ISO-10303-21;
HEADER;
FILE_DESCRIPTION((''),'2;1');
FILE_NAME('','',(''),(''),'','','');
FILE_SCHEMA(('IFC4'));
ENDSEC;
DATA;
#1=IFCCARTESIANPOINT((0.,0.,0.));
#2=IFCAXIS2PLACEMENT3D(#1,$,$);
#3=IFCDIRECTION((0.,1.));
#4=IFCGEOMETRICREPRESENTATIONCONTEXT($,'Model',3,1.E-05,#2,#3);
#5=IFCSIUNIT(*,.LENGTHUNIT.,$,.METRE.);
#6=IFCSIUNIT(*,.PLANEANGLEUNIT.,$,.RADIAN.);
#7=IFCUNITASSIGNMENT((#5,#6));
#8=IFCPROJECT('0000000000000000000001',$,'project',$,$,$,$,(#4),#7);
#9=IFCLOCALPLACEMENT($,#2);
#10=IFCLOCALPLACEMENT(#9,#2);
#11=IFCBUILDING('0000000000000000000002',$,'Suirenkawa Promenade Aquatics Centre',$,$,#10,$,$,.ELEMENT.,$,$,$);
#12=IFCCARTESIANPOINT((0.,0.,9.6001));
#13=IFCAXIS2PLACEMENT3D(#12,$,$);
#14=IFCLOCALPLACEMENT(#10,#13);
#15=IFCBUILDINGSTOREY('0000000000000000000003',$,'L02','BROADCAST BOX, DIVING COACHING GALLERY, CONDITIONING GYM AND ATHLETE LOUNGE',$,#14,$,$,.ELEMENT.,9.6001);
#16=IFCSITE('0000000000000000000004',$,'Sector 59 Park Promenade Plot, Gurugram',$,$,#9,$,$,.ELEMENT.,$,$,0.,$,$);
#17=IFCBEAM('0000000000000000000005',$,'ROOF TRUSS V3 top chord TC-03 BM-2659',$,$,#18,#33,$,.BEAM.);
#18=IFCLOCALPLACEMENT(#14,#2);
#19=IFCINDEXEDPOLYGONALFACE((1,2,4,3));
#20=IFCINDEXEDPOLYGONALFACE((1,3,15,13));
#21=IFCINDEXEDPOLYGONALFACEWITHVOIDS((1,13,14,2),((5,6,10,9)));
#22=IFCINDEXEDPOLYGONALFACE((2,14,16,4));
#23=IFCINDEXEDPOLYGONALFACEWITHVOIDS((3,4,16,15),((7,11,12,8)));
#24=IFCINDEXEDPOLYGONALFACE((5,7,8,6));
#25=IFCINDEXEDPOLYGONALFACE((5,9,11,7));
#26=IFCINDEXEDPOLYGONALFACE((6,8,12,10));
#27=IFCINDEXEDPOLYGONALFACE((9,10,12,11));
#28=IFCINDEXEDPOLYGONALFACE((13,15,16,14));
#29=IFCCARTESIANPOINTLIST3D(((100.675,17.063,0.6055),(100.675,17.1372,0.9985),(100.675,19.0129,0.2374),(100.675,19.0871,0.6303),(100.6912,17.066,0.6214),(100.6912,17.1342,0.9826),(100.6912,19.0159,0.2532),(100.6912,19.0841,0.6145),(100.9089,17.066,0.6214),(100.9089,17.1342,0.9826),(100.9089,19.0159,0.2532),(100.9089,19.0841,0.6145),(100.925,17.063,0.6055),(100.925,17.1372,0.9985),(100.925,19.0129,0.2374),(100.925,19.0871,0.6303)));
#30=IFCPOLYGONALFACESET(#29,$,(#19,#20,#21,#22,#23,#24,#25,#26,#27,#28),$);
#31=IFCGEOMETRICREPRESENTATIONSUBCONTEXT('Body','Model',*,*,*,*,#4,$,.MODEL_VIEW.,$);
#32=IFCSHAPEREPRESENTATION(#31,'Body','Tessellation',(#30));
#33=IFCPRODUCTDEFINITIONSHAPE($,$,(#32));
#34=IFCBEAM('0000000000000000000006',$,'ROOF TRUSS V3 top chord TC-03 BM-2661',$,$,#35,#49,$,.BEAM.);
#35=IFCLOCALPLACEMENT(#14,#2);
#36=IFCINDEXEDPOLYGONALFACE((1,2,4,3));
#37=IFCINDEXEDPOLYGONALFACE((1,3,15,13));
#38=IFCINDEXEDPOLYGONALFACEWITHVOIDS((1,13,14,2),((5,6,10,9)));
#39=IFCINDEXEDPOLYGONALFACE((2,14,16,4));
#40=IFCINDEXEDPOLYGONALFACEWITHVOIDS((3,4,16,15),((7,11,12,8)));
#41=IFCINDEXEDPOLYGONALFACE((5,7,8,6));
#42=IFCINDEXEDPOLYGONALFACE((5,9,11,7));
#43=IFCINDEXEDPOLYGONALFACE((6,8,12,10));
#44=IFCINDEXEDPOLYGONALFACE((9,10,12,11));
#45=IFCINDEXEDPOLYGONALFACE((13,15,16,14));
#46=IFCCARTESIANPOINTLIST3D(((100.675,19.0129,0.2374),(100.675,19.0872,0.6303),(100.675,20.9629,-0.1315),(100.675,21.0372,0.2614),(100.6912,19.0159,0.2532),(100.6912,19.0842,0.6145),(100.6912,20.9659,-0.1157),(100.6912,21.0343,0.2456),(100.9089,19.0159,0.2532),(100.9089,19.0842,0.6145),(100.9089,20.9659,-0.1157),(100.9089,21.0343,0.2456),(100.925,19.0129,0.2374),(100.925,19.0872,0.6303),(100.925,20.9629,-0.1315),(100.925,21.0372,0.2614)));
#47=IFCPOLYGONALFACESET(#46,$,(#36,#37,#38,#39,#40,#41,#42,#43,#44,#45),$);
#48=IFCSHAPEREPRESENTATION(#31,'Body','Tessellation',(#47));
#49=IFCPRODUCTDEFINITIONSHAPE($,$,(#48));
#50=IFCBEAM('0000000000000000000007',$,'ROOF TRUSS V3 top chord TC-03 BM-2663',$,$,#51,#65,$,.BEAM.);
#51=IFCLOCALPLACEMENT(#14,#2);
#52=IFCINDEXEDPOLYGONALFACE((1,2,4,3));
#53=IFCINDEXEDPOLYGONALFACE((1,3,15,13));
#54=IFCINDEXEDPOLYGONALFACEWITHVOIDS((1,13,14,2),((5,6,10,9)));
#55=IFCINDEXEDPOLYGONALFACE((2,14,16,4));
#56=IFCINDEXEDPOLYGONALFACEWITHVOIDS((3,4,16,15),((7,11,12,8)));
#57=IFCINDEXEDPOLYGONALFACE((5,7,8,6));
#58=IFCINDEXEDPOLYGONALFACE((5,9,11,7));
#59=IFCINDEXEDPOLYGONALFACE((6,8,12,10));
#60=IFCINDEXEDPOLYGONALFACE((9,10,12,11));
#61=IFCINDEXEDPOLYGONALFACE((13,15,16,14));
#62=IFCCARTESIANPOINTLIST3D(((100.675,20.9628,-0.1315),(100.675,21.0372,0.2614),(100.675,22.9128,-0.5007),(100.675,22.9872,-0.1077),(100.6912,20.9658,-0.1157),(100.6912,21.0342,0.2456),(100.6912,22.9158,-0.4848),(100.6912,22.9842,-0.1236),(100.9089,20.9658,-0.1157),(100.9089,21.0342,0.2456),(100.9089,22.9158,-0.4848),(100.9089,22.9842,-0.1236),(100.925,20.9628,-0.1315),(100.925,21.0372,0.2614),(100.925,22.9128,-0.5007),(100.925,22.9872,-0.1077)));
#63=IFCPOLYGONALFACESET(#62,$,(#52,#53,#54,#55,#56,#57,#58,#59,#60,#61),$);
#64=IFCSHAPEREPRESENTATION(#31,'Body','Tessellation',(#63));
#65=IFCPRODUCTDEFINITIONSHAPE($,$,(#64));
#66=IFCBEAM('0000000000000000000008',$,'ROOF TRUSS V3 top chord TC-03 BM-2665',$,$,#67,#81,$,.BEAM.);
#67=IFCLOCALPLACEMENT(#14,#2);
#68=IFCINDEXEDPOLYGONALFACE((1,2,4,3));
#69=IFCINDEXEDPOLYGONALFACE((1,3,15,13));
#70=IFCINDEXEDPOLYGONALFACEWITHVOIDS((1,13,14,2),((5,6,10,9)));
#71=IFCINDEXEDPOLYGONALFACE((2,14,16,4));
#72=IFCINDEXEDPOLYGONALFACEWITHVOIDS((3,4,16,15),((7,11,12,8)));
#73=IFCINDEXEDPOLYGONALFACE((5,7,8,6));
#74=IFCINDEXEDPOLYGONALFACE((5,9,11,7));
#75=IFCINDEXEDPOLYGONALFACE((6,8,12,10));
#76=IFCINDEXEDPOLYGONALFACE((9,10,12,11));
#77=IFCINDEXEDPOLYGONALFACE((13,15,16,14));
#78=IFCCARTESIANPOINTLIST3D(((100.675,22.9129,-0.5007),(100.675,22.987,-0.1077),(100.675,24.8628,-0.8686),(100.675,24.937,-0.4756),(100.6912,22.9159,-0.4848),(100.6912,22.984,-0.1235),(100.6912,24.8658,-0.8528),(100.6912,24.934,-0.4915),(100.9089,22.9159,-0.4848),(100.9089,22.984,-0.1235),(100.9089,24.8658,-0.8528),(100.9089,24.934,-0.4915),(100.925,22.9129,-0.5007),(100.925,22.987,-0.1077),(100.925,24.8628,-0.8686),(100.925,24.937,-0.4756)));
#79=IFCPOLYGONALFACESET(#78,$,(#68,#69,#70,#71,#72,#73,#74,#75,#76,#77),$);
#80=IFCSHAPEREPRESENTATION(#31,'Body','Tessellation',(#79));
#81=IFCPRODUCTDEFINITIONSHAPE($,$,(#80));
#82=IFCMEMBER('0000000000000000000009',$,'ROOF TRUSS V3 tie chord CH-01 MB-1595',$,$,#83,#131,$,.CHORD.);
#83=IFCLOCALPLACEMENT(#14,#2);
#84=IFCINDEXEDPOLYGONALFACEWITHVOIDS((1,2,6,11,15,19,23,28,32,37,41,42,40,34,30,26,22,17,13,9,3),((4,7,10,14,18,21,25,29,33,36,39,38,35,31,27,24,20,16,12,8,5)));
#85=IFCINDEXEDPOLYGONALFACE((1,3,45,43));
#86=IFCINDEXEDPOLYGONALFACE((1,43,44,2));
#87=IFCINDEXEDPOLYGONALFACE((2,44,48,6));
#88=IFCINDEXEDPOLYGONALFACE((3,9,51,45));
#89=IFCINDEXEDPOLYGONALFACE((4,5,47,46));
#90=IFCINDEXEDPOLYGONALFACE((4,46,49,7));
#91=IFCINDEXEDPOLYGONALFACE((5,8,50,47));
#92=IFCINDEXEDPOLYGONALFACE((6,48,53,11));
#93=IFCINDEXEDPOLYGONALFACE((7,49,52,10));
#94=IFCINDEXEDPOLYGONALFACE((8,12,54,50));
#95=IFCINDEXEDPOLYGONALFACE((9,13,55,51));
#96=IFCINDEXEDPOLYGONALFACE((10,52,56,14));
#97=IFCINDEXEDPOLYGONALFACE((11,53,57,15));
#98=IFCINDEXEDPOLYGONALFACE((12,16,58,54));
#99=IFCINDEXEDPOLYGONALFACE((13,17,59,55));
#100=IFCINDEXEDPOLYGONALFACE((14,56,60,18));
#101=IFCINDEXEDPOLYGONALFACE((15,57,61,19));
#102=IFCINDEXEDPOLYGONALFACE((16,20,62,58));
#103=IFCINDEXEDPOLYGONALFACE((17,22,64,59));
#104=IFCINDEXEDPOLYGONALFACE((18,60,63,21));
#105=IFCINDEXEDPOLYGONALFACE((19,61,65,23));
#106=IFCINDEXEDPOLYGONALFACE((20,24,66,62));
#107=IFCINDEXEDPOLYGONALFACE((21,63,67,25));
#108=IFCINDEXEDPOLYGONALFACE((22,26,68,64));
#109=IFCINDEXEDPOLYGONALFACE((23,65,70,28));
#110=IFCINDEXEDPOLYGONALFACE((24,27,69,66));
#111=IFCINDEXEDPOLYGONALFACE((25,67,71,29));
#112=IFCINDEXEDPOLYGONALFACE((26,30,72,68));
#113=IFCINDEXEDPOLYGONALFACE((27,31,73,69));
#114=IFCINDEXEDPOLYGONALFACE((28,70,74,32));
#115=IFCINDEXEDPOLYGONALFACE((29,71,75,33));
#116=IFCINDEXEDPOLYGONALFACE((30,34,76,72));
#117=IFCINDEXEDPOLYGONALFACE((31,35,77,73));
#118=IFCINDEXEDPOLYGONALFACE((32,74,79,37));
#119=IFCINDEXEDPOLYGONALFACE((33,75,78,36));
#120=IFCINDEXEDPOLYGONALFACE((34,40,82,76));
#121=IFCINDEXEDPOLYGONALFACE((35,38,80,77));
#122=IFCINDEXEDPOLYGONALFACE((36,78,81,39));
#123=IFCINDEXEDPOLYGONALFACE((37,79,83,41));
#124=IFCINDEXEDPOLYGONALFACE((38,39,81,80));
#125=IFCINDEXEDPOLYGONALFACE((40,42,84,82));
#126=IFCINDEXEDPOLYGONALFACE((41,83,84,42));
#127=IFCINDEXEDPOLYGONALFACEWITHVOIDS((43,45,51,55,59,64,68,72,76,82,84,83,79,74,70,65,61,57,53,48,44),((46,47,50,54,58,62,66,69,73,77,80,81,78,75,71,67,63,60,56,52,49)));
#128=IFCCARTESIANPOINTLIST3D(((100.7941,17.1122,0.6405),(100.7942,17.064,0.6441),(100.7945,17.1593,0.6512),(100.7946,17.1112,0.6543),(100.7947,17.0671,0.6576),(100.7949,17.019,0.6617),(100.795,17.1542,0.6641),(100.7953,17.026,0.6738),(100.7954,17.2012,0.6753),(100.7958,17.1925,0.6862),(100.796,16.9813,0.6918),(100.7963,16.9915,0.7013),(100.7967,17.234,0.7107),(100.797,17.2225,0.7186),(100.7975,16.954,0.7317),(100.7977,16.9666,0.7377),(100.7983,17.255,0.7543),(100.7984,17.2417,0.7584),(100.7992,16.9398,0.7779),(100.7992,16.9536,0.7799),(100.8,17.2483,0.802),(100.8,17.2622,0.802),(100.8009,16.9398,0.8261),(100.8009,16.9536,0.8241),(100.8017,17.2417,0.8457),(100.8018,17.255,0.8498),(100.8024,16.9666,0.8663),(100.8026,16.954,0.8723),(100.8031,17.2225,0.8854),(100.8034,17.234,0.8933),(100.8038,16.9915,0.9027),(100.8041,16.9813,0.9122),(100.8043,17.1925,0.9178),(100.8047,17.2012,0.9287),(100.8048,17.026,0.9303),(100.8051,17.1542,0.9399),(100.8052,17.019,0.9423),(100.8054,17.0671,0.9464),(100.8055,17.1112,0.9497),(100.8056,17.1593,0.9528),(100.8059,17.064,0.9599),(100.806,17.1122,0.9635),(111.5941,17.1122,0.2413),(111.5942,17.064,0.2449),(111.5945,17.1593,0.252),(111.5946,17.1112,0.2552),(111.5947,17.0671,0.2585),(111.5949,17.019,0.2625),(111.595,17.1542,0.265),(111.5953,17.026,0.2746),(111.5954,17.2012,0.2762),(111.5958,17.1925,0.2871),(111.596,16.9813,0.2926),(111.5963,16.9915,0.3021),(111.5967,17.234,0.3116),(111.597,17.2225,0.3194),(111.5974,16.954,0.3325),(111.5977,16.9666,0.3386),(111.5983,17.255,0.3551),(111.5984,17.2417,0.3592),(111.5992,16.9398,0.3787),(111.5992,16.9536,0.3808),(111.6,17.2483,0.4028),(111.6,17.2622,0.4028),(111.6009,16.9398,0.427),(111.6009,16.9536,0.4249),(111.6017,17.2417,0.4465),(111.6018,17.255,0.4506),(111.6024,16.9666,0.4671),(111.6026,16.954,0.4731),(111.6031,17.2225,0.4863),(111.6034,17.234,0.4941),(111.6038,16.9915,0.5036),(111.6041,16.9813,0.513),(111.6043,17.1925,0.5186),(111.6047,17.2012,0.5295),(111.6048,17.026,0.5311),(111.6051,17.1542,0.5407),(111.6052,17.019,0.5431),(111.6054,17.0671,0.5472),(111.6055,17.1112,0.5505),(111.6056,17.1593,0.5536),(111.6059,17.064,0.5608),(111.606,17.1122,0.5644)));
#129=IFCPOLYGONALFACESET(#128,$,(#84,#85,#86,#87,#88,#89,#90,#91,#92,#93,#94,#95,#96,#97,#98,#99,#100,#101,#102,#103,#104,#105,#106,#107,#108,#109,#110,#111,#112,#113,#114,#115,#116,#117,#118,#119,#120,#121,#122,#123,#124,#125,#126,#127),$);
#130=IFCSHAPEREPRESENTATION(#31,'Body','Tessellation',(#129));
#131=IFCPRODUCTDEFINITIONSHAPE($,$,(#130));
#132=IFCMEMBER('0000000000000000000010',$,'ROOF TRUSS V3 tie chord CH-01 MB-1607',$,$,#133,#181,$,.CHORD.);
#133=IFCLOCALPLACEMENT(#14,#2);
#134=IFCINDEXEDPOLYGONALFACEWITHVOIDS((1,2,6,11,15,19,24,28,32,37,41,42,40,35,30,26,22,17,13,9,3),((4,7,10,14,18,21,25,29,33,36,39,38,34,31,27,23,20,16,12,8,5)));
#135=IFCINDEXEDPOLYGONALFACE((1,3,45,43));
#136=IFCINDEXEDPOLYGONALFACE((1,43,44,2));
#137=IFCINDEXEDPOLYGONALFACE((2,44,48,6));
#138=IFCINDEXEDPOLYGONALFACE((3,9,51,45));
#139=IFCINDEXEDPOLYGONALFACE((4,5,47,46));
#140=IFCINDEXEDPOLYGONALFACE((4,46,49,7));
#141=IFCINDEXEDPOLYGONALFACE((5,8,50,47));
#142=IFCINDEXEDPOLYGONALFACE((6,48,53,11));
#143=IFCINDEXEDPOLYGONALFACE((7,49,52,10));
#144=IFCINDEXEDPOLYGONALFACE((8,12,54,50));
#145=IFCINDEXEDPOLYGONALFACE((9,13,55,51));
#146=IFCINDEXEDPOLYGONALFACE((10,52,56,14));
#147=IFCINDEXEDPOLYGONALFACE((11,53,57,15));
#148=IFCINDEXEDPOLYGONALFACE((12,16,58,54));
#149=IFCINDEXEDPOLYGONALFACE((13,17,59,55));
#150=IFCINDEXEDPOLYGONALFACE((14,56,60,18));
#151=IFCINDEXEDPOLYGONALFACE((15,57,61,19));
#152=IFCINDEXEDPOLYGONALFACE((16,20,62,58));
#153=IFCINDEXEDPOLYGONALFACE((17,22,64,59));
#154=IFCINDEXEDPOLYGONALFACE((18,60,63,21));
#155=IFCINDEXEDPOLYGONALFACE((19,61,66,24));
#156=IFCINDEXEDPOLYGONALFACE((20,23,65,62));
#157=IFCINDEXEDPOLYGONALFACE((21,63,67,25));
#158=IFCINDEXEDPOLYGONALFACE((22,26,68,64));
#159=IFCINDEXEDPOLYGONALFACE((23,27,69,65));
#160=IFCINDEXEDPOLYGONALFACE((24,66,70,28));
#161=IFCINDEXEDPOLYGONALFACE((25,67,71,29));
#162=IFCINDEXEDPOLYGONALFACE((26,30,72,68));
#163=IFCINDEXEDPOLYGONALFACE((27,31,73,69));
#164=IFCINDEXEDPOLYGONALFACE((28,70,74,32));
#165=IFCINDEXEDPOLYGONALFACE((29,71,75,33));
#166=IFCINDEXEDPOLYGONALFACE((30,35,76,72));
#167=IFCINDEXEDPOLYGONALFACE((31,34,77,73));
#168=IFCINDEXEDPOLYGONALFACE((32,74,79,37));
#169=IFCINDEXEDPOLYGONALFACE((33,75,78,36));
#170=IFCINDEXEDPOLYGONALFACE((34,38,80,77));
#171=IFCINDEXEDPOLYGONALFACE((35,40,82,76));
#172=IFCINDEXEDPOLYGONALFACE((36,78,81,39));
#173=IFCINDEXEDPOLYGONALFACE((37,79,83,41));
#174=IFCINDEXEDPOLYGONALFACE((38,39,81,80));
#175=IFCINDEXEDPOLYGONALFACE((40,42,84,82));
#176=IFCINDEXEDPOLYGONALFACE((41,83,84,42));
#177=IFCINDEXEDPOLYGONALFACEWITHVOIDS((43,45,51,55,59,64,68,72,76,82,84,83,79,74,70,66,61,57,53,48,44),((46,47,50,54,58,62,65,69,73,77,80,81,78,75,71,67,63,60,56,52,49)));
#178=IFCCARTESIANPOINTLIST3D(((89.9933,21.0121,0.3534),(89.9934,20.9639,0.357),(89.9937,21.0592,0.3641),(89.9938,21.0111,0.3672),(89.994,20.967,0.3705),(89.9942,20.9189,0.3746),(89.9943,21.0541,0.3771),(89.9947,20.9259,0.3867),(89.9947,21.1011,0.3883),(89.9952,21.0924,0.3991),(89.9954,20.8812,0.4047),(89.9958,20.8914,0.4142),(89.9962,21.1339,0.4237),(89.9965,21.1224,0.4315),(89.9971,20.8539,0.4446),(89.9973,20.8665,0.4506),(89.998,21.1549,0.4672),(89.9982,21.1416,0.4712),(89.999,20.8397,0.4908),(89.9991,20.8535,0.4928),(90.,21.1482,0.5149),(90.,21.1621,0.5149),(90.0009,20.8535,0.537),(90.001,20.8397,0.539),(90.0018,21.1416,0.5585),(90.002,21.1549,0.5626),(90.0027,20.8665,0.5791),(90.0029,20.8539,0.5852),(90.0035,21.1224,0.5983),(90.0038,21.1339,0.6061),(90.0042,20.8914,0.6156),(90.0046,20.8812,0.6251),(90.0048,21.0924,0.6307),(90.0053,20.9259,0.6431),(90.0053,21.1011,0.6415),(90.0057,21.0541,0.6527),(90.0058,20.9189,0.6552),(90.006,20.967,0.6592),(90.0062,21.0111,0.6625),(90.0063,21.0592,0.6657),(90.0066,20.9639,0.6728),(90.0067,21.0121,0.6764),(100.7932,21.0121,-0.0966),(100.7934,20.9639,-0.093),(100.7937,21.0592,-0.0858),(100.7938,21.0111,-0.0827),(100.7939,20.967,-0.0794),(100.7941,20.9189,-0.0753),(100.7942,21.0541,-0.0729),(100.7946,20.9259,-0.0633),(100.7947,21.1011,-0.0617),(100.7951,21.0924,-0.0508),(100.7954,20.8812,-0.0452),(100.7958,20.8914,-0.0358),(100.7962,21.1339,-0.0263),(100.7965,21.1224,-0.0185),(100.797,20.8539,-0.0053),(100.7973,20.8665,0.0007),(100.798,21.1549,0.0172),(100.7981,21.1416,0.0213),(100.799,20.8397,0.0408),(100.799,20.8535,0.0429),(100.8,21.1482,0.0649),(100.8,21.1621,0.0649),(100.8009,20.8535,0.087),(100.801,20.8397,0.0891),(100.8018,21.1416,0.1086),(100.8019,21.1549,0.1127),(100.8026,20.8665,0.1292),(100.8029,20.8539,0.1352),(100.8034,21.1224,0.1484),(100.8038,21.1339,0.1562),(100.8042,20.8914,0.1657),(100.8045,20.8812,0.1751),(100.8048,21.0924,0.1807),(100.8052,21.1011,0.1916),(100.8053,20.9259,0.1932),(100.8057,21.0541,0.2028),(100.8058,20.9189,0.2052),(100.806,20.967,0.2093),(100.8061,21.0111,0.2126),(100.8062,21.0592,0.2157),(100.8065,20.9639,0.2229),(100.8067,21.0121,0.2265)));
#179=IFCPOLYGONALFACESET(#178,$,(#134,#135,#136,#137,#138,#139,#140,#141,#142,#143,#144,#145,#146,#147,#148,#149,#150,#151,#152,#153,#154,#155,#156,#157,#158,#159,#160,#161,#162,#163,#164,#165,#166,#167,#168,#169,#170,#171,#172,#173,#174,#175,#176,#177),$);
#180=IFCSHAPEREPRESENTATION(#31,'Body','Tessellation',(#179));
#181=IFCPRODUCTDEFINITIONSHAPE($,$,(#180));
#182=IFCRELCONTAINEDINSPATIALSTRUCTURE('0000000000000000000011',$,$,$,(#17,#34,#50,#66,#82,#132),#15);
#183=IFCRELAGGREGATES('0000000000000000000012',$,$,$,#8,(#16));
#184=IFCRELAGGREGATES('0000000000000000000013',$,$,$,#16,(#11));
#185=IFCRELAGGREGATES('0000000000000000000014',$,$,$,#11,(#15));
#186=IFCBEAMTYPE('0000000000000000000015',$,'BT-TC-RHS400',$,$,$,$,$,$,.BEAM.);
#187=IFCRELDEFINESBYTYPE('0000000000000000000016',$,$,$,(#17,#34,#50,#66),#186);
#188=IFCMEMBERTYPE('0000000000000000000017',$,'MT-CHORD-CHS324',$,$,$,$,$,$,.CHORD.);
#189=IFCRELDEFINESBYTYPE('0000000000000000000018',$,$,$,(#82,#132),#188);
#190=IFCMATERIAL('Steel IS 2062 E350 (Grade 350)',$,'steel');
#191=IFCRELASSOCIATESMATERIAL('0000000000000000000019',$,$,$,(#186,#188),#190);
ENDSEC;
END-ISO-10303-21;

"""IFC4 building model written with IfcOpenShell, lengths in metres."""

from ifc_helpers import new_model, si_unit, direction, frame, origin, origin_2d, place, context, subcontext, project, spatial, hollow_rectangle, hollow_circle, extrude, material, material_profile, profile_set, type_object, element, save


model = new_model("IFC4")

# Units and contexts
model_context = context("Model", 3, precision=1e-05, world=origin(), true_north=direction((0.0, 1.0)))
body_context = subcontext(model_context, "Body", "Model", "MODEL_VIEW")
ifc_project = project(units=[si_unit("LENGTHUNIT", "METRE"), si_unit("PLANEANGLEUNIT", "RADIAN")], contexts=[model_context])

# Site, building, storey
site_placement = place(None, origin())
site = spatial("IfcSite", under=ifc_project, at=site_placement, Name="Sector 59 Park Promenade Plot, Gurugram", CompositionType="ELEMENT", RefElevation=0.0)
building_placement = place(site_placement, origin())
building = spatial("IfcBuilding", under=site, at=building_placement, Name="Suirenkawa Promenade Aquatics Centre", CompositionType="ELEMENT")
storey_placement = place(building_placement, frame((0.0, 0.0, 9.6001)))
storey = spatial("IfcBuildingStorey", under=building, at=storey_placement, Name="L02", Description="BROADCAST BOX, DIVING COACHING GALLERY, CONDITIONING GYM AND ATHLETE LOUNGE", CompositionType="ELEMENT", Elevation=9.6001)

# Beams
ifc_material = material(Name="Steel IS 2062 E350 (Grade 350)", Category="steel")
ifc_material_profile_1 = material_profile(ifc_material, hollow_rectangle(XDim=0.25, YDim=0.3999, WallThickness=0.0161, at=origin_2d()), Name="RHS 400x250x16", Category="steel")
ifc_profile_set_1 = profile_set([ifc_material_profile_1], Name="Steel IS 2062 E350 (Grade 350)")
beam_type_1 = type_object("IfcBeamType", Name="BT-TC-RHS400", PredefinedType="BEAM", material=ifc_profile_set_1)
beam_1_placement = place(storey_placement, frame((100.8, 17.1001, 0.802), z_axis=(0.0, 0.982639, -0.185529), x_axis=(-1.0, 0.0, 0.0)))
element("IfcBeam", 1, at=beam_1_placement, inside=storey, type_object=beam_type_1, Name="ROOF TRUSS V3 top chord TC-03 BM-2659", PredefinedType="BEAM", context=body_context, shape_type="SweptSolid", body=[
    extrude(hollow_rectangle(XDim=0.25, YDim=0.3999, WallThickness=0.0161, at=origin_2d()), origin(), (0.0, 0.0, 1.0), 1.9844),
])
for number, where, z_axis, x_axis, name in (
    (2, (100.8, 19.05, 0.4338), (0.0, 0.982571, -0.185885), (-1.0, 0.0, 0.0), "ROOF TRUSS V3 top chord TC-03 BM-2661"),
    (3, (100.8, 21.0, 0.0649), (0.0, 0.982549, -0.186004), (-1.0, 0.0, 0.0), "ROOF TRUSS V3 top chord TC-03 BM-2663"),
):
    element("IfcBeam", number, at=place(storey_placement, frame(where, z_axis=z_axis, x_axis=x_axis)), inside=storey, type_object=beam_type_1, Name=name, PredefinedType="BEAM", context=body_context, shape_type="SweptSolid", body=[
        extrude(hollow_rectangle(XDim=0.25, YDim=0.3999, WallThickness=0.0161, at=origin_2d()), origin(), (0.0, 0.0, 1.0), 1.9846),
    ])
beam_2_placement = place(storey_placement, frame((100.8, 22.95, -0.3042), z_axis=(0.0, 0.982661, -0.18541), x_axis=(-1.0, 0.0, 0.0)))
element("IfcBeam", 4, at=beam_2_placement, inside=storey, type_object=beam_type_1, Name="ROOF TRUSS V3 top chord TC-03 BM-2665", PredefinedType="BEAM", context=body_context, shape_type="SweptSolid", body=[
    extrude(hollow_rectangle(XDim=0.25, YDim=0.3999, WallThickness=0.0161, at=origin_2d()), origin(), (0.0, 0.0, 1.0), 1.9844),
])

# Members
ifc_material_profile_2 = material_profile(ifc_material, hollow_circle(Radius=0.1621, WallThickness=0.0139, at=origin_2d()), Name="CHS 324x14", Category="steel")
ifc_profile_set_2 = profile_set([ifc_material_profile_2], Name="Steel IS 2062 E350 (Grade 350)")
member_type_1 = type_object("IfcMemberType", Name="MT-CHORD-CHS324", PredefinedType="CHORD", material=ifc_profile_set_2)
member_1_placement = place(storey_placement, frame((100.8, 17.1001, 0.802), z_axis=(0.999318, 0.0, -0.036935), x_axis=(0.0, 1.0, 0.0)))
element("IfcMember", 5, at=member_1_placement, inside=storey, type_object=member_type_1, Name="ROOF TRUSS V3 tie chord CH-01 MB-1595", PredefinedType="CHORD", context=body_context, shape_type="SweptSolid", body=[
    extrude(hollow_circle(Radius=0.1621, WallThickness=0.0139, at=origin_2d()), origin(), (0.0, 0.0, 1.0), 10.8074),
])
member_2_placement = place(storey_placement, frame((90.0, 21.0, 0.5149), z_axis=(0.999133, 0.0, -0.041626), x_axis=(0.0, 1.0, 0.0)))
element("IfcMember", 6, at=member_2_placement, inside=storey, type_object=member_type_1, Name="ROOF TRUSS V3 tie chord CH-01 MB-1607", PredefinedType="CHORD", context=body_context, shape_type="SweptSolid", body=[
    extrude(hollow_circle(Radius=0.1621, WallThickness=0.0139, at=origin_2d()), origin(), (0.0, 0.0, 1.0), 10.8093),
])

save(model, "model.ifc")
